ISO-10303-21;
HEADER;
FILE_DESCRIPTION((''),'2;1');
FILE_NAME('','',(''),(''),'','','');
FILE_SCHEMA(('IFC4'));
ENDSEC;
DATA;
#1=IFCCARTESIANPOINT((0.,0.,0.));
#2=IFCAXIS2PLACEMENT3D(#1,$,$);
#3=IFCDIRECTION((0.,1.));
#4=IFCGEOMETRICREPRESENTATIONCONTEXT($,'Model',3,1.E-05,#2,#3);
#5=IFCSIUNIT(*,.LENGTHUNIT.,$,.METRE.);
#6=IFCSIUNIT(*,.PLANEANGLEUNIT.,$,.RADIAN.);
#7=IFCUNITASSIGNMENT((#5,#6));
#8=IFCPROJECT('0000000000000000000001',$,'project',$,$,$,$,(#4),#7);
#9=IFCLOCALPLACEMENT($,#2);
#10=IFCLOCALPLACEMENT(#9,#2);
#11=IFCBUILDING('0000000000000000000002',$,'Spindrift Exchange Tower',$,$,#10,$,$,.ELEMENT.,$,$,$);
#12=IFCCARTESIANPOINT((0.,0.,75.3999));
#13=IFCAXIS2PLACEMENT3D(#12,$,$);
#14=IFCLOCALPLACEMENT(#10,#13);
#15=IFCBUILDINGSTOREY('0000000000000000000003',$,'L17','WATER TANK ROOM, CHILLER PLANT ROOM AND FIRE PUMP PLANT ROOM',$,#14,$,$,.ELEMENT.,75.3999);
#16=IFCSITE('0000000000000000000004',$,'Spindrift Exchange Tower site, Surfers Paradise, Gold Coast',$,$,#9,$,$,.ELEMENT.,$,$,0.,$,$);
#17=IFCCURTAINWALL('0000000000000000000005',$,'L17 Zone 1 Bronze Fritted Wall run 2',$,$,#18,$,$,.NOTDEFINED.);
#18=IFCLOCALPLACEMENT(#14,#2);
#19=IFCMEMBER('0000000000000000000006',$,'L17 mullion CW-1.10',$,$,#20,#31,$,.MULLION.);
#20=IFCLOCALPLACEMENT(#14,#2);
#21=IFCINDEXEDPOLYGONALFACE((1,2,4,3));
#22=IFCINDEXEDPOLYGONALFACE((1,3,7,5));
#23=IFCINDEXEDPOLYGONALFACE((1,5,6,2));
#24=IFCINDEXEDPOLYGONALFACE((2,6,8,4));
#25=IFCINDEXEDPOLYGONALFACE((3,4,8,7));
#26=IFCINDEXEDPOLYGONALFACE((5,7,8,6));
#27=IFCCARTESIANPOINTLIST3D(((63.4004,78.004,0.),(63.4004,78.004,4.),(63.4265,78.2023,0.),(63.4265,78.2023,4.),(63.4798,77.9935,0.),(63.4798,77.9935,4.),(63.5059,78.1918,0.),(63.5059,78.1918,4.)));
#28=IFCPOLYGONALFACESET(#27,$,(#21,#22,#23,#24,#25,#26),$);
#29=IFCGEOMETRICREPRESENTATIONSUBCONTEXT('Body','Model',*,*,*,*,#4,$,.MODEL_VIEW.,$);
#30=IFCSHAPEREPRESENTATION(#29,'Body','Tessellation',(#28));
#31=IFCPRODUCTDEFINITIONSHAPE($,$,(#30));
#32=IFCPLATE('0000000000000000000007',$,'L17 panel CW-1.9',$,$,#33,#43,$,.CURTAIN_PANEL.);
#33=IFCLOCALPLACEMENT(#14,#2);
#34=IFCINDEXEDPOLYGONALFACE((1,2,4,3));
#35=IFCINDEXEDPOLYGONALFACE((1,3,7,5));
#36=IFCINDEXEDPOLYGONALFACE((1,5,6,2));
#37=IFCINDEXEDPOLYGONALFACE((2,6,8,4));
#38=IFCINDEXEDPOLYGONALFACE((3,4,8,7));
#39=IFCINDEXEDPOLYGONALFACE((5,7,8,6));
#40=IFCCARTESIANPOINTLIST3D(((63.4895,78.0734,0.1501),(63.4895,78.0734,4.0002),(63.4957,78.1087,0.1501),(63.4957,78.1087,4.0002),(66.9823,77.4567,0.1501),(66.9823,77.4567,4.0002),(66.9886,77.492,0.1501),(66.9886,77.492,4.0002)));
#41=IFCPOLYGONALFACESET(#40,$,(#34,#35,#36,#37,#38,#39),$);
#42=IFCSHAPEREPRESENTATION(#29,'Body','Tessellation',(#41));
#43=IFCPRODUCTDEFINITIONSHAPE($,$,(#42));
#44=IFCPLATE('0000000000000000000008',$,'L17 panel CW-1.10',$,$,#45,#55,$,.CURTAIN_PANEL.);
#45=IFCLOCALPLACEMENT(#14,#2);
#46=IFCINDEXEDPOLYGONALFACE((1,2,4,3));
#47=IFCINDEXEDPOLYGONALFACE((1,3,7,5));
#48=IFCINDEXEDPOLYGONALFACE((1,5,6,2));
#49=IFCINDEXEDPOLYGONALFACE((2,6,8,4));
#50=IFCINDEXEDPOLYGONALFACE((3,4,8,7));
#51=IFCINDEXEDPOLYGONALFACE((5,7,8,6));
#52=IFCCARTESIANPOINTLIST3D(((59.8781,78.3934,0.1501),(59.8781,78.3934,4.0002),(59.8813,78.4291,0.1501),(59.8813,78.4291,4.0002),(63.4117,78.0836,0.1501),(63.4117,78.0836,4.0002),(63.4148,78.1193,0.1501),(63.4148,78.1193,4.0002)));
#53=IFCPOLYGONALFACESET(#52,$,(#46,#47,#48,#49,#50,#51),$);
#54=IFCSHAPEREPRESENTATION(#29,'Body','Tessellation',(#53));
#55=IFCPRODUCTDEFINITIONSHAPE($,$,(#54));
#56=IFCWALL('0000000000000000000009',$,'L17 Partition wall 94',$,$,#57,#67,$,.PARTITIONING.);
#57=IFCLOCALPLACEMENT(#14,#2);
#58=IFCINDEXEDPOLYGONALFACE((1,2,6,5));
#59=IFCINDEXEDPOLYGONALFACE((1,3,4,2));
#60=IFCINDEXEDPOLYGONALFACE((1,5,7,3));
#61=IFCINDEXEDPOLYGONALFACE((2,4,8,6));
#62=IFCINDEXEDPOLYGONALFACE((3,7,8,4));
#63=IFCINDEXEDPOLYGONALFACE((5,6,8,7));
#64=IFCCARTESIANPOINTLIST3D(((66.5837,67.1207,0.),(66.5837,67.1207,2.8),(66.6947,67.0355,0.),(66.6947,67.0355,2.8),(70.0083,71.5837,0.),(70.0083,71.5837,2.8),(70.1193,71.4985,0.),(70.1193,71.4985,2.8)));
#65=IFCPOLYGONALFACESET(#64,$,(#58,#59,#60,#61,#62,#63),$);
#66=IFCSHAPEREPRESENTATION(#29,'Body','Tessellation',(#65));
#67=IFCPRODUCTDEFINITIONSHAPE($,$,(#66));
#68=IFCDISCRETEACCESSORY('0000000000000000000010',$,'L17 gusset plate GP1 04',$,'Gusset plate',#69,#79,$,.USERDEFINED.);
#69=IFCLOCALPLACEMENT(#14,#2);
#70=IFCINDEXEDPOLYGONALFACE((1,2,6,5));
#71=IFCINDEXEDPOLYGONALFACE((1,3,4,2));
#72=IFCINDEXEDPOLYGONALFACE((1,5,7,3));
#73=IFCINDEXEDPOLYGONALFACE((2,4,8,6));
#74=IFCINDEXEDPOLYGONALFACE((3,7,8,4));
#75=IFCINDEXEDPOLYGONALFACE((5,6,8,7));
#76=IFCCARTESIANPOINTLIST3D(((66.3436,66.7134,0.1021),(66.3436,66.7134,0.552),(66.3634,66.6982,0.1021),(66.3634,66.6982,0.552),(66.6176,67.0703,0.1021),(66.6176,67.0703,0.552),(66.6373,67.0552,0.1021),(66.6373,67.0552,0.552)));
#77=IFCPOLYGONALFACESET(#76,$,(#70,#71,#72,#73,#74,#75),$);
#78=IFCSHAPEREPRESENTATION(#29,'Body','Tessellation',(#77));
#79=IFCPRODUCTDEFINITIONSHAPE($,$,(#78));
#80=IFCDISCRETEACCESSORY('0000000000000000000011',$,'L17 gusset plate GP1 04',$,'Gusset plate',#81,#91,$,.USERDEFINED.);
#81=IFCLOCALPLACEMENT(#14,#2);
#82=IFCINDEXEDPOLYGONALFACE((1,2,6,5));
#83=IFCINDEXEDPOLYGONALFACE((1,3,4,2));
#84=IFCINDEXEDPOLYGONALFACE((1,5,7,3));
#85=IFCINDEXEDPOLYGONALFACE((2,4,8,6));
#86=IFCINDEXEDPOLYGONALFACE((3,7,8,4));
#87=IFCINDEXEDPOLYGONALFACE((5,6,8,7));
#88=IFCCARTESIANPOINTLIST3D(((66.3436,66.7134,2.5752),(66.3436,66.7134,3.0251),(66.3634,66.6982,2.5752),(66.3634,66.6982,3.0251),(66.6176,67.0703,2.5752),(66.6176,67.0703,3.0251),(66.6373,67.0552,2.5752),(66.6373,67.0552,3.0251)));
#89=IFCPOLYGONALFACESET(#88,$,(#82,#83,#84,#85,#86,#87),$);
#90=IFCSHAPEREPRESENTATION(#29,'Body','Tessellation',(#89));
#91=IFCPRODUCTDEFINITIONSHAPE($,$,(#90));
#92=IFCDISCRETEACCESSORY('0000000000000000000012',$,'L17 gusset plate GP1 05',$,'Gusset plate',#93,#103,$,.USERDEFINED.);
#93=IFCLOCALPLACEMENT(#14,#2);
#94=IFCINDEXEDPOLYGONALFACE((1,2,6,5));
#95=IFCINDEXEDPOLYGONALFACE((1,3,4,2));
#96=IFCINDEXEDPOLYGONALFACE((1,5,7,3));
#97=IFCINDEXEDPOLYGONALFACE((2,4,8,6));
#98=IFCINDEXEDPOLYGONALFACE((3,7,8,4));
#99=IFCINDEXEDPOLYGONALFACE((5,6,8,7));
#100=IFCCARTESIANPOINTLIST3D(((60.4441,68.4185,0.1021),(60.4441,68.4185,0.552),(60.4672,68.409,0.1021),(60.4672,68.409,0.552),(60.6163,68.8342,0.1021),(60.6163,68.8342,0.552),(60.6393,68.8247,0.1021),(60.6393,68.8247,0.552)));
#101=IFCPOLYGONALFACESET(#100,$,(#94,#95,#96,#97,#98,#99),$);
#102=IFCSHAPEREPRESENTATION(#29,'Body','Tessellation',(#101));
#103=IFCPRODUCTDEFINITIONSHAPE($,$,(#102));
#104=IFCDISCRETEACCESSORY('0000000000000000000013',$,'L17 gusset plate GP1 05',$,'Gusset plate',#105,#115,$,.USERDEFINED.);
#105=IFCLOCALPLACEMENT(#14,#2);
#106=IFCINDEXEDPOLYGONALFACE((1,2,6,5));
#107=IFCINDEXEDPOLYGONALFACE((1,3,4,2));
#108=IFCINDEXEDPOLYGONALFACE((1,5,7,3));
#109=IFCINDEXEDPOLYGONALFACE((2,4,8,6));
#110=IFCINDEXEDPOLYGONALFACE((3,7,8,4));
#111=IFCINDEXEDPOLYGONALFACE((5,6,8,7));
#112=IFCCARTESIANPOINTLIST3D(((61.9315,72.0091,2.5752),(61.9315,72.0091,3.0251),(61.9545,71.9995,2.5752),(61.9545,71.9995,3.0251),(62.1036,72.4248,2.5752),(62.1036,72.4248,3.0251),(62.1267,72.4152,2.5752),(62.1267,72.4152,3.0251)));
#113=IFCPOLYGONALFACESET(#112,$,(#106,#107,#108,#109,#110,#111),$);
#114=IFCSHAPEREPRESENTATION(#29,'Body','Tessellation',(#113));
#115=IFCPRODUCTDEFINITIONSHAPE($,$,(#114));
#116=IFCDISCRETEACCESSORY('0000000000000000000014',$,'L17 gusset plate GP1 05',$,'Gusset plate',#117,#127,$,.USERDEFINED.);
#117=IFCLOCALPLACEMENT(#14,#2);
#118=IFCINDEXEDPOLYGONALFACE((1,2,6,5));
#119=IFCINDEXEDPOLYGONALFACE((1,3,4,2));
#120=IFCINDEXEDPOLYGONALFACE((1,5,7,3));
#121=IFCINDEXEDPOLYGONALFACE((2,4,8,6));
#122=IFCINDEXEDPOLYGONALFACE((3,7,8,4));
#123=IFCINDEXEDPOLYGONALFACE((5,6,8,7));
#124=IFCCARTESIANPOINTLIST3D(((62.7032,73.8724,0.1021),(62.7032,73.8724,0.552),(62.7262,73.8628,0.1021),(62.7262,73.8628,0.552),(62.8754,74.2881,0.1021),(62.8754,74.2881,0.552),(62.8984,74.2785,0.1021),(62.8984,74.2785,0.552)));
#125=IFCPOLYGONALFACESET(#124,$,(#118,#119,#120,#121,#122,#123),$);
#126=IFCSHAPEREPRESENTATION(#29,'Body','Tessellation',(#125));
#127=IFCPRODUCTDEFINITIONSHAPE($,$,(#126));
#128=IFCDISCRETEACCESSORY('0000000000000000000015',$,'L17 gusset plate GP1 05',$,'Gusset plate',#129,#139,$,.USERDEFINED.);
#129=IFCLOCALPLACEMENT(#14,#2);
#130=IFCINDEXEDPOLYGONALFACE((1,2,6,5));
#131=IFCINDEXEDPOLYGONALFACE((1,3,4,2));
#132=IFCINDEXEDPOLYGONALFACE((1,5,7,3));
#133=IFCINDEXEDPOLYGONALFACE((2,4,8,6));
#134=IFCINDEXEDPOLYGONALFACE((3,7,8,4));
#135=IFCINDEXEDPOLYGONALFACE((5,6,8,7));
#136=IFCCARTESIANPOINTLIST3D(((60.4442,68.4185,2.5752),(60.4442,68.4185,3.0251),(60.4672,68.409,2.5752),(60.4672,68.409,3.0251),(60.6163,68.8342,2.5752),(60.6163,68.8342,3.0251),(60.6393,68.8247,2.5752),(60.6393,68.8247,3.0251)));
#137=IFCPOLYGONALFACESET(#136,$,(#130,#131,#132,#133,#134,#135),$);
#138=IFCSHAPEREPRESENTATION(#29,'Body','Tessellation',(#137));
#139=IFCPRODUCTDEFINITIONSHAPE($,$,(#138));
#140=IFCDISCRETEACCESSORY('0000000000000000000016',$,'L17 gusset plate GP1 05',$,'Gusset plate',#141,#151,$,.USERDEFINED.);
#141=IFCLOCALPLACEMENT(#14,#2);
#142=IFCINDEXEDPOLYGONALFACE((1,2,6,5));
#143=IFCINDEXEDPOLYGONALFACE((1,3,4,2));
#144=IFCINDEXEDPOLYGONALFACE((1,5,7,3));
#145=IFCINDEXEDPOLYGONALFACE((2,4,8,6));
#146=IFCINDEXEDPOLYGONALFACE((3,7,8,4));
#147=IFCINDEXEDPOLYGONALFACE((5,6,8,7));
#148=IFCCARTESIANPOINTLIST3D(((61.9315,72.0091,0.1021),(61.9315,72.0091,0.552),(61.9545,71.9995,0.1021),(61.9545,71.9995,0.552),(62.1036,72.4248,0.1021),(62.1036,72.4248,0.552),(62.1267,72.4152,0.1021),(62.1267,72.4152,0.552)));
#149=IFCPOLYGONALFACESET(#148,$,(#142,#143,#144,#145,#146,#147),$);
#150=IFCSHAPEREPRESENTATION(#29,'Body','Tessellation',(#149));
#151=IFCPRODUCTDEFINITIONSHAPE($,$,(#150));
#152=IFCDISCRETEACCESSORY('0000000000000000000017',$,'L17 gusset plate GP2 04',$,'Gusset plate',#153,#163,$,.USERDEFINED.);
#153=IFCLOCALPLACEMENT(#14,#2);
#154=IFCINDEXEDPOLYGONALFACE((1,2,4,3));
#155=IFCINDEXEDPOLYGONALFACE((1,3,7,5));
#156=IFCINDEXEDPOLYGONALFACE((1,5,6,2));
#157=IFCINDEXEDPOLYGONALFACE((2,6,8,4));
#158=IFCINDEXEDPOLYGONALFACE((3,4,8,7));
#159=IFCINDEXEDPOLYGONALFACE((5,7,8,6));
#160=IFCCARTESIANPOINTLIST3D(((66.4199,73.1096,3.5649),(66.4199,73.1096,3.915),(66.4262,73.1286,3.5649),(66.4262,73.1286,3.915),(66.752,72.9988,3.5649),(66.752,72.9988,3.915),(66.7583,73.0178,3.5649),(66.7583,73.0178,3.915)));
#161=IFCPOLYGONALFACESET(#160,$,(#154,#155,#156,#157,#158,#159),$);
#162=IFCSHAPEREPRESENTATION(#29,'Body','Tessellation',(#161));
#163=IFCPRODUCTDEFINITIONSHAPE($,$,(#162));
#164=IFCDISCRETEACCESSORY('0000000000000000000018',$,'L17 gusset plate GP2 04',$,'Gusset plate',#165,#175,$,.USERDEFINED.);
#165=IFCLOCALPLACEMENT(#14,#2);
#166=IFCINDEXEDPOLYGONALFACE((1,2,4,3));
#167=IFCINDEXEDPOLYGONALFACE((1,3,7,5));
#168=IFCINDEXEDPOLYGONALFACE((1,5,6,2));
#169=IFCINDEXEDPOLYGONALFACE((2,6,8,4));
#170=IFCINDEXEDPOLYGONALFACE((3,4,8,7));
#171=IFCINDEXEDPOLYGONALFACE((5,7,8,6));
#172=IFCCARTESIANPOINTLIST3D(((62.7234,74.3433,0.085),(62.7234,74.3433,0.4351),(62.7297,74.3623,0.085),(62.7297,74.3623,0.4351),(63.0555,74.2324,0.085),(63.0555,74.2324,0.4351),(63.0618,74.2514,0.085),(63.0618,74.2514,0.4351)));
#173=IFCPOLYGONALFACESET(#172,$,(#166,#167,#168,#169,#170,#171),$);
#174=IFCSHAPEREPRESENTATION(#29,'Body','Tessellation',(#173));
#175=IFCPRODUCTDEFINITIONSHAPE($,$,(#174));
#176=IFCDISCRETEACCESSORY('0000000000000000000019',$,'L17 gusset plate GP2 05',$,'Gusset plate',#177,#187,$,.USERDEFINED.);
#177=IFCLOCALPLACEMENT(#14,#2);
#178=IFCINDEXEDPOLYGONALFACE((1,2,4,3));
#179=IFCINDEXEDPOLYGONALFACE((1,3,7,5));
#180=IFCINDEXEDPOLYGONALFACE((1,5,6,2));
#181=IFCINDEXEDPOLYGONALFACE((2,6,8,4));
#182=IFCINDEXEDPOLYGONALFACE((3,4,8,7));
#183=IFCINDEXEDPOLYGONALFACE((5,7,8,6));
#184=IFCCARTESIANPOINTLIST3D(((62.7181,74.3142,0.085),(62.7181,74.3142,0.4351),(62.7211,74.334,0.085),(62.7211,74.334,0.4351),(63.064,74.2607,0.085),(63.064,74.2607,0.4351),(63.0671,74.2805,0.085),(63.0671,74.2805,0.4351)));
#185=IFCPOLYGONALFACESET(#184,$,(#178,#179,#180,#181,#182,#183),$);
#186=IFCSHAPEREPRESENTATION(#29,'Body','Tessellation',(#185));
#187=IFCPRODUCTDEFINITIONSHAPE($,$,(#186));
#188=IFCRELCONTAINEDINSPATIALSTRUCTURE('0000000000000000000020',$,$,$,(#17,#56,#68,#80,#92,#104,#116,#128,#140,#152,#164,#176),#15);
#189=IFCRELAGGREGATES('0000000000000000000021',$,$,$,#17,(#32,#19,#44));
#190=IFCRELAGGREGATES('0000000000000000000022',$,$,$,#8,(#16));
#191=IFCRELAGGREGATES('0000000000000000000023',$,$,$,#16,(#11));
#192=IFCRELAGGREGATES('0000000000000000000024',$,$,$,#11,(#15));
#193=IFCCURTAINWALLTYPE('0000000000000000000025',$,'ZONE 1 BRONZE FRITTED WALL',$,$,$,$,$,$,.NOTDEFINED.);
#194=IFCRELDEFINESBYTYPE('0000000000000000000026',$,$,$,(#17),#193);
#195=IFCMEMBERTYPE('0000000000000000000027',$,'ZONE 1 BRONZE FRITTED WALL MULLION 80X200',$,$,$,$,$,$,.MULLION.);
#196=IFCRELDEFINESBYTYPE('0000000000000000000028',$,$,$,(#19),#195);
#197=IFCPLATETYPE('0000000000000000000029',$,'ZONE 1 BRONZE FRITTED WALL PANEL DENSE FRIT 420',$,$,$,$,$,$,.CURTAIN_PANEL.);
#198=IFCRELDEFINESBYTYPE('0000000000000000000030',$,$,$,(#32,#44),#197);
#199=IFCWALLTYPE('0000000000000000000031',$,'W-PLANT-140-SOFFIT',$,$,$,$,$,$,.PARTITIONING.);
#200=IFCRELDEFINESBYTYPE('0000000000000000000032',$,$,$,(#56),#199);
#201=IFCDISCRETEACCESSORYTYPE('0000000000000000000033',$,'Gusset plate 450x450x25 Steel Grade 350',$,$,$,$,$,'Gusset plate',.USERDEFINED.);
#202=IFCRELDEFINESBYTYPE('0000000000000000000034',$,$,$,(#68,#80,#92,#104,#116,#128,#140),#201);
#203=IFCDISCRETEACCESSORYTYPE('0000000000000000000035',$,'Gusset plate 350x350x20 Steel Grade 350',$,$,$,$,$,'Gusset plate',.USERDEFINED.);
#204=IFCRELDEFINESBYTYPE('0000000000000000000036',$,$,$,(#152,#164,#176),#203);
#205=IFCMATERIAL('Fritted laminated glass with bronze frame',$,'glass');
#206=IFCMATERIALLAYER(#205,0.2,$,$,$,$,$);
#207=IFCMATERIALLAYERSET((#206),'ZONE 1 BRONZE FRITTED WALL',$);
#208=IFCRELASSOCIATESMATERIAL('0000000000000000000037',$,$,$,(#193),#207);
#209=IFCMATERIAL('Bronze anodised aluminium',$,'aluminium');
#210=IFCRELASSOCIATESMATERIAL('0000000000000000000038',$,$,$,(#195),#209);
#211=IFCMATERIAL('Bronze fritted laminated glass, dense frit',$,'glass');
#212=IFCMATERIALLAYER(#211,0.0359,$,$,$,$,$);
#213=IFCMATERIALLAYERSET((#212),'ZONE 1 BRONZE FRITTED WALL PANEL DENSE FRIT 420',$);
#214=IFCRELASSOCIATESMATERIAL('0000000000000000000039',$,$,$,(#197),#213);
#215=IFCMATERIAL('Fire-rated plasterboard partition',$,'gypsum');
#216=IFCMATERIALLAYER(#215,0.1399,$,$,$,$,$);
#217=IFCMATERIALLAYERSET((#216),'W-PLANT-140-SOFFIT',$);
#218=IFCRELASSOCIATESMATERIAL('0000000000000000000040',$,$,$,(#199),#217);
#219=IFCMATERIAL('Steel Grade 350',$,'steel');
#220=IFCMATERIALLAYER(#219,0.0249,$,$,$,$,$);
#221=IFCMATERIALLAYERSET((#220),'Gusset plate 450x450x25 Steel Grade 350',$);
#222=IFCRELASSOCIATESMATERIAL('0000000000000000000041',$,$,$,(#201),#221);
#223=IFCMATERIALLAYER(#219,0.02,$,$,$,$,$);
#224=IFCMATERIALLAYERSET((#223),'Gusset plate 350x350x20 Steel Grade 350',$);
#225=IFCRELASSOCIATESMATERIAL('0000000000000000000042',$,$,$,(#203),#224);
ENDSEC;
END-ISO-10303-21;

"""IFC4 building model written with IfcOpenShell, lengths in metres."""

from ifc_helpers import new_model, si_unit, direction, frame, frame_2d, origin, origin_2d, place, context, subcontext, project, spatial, rectangle, extrude, source, transform, mapped, material, layer, layer_set, material_profile, profile_set, type_object, element, aggregate, save


model = new_model("IFC4")

# Units and contexts
model_context = context("Model", 3, precision=1e-05, world=origin(), true_north=direction((0.0, 1.0)))
body_context = subcontext(model_context, "Body", "Model", "MODEL_VIEW")
ifc_project = project(units=[si_unit("LENGTHUNIT", "METRE"), si_unit("PLANEANGLEUNIT", "RADIAN")], contexts=[model_context])

# Site, building, storey
site_placement = place(None, origin())
site = spatial("IfcSite", under=ifc_project, at=site_placement, Name="Spindrift Exchange Tower site, Surfers Paradise, Gold Coast", CompositionType="ELEMENT", RefElevation=0.0)
building_placement = place(site_placement, origin())
building = spatial("IfcBuilding", under=site, at=building_placement, Name="Spindrift Exchange Tower", CompositionType="ELEMENT")
storey_placement = place(building_placement, frame((0.0, 0.0, 75.3999)))
storey = spatial("IfcBuildingStorey", under=building, at=storey_placement, Name="L17", Description="WATER TANK ROOM, CHILLER PLANT ROOM AND FIRE PUMP PLANT ROOM", CompositionType="ELEMENT", Elevation=75.3999)

# Shared definitions
ifc_material_1 = material(Name="Steel Grade 350", Category="steel")

# Curtain wall, member, plates
ifc_material_2 = material(Name="Fritted laminated glass with bronze frame", Category="glass")
ifc_layer_1 = layer(ifc_material_2, 0.2)
ifc_layer_set_1 = layer_set([ifc_layer_1], Name="ZONE 1 BRONZE FRITTED WALL")
curtain_wall_type = type_object("IfcCurtainWallType", Name="ZONE 1 BRONZE FRITTED WALL", PredefinedType="NOTDEFINED", material=ifc_layer_set_1)
curtain_wall_placement = place(storey_placement, origin())
curtain_wall = element("IfcCurtainWall", 1, at=curtain_wall_placement, inside=storey, type_object=curtain_wall_type, Name="L17 Zone 1 Bronze Fritted Wall run 2", PredefinedType="NOTDEFINED")
ifc_material_3 = material(Name="Bronze anodised aluminium", Category="aluminium")
ifc_material_profile_1 = material_profile(ifc_material_3, rectangle(XDim=0.0801, YDim=0.2, at=origin_2d()), Name="ZONE 1 BRONZE FRITTED WALL MULLION 80X200")
ifc_profile_set_1 = profile_set([ifc_material_profile_1], Name="Bronze anodised aluminium")
member_type_1 = type_object("IfcMemberType", Name="ZONE 1 BRONZE FRITTED WALL MULLION 80X200", PredefinedType="MULLION", material=ifc_profile_set_1)
shared_shape_1 = source(origin(), body_context, "Body", "SweptSolid", [
    extrude(rectangle(XDim=0.0801, YDim=0.2, at=origin_2d()), origin(), (0.0, 0.0, 1.0), 4.0),
])
member_1_placement = place(storey_placement, frame((63.4531, 78.0979, 0.0), z_axis=(0.0, 0.0, 1.0), x_axis=(-0.991418, 0.130728, 0.0)))
member_1 = element("IfcMember", 2, at=member_1_placement, type_object=member_type_1, Name="L17 mullion CW-1.10", PredefinedType="MULLION", context=body_context, shape_type="MappedRepresentation", body=[
    mapped(shared_shape_1, transform((0.0, 0.0, 0.0), scale=1.0)),
])
ifc_material_4 = material(Name="Bronze fritted laminated glass, dense frit", Category="glass")
ifc_layer_2 = layer(ifc_material_4, 0.0359)
ifc_layer_set_2 = layer_set([ifc_layer_2], Name="ZONE 1 BRONZE FRITTED WALL PANEL DENSE FRIT 420")
plate_type = type_object("IfcPlateType", Name="ZONE 1 BRONZE FRITTED WALL PANEL DENSE FRIT 420", PredefinedType="CURTAIN_PANEL", material=ifc_layer_set_2)
shared_shape_2 = source(origin(), body_context, "Body", "SweptSolid", [
    extrude(rectangle(XDim=3.5469, YDim=0.0359, at=origin_2d()), origin(), (0.0, 0.0, 1.0), 3.8501),
])
plate_1_placement = place(storey_placement, frame((65.239, 77.7827, 0.1501), z_axis=(0.0, 0.0, 1.0), x_axis=(-0.98477, 0.173865, 0.0)))
plate_1 = element("IfcPlate", 3, at=plate_1_placement, type_object=plate_type, Name="L17 panel CW-1.9", PredefinedType="CURTAIN_PANEL", context=body_context, shape_type="MappedRepresentation", body=[
    mapped(shared_shape_2, transform((0.0, 0.0, 0.0), scale=1.0)),
])
shared_shape_3 = source(origin(), body_context, "Body", "SweptSolid", [
    extrude(rectangle(XDim=3.5471, YDim=0.0359, at=origin_2d()), origin(), (0.0, 0.0, 1.0), 3.8501),
])
plate_2_placement = place(storey_placement, frame((61.6465, 78.2563, 0.1501), z_axis=(0.0, 0.0, 1.0), x_axis=(-0.996178, 0.087342, 0.0)))
plate_2 = element("IfcPlate", 4, at=plate_2_placement, type_object=plate_type, Name="L17 panel CW-1.10", PredefinedType="CURTAIN_PANEL", context=body_context, shape_type="MappedRepresentation", body=[
    mapped(shared_shape_3, transform((0.0, 0.0, 0.0), scale=1.0)),
])
aggregate(curtain_wall, [plate_1, member_1, plate_2])

# Wall
ifc_material_5 = material(Name="Fire-rated plasterboard partition", Category="gypsum")
ifc_layer_3 = layer(ifc_material_5, 0.1399)
ifc_layer_set_3 = layer_set([ifc_layer_3], Name="W-PLANT-140-SOFFIT")
wall_type = type_object("IfcWallType", Name="W-PLANT-140-SOFFIT", PredefinedType="PARTITIONING", material=ifc_layer_set_3)
wall_placement = place(storey_placement, frame((66.6392, 67.0781, 0.0), z_axis=(0.0, 0.0, 1.0), x_axis=(0.608769, 0.793348, 0.0)))
element("IfcWall", 5, at=wall_placement, inside=storey, type_object=wall_type, Name="L17 Partition wall 94", PredefinedType="PARTITIONING", context=body_context, shape_type="SweptSolid", body=[
    extrude(rectangle(XDim=5.6255, YDim=0.1399, at=frame_2d((2.8127, 0.0))), origin(), (0.0, 0.0, 1.0), 2.8),
])

# Discrete accessories
ifc_layer_4 = layer(ifc_material_1, 0.0249)
ifc_layer_set_4 = layer_set([ifc_layer_4], Name="Gusset plate 450x450x25 Steel Grade 350")
discrete_accessory_type_1 = type_object("IfcDiscreteAccessoryType", Name="Gusset plate 450x450x25 Steel Grade 350", ElementType="Gusset plate", PredefinedType="USERDEFINED", material=ifc_layer_set_4)
shared_shape_4 = source(origin(), body_context, "Body", "SweptSolid", [
    extrude(rectangle(XDim=0.45, YDim=0.0249, at=origin_2d()), origin(), (0.0, 0.0, 1.0), 0.45),
])
for number, where, z_axis, x_axis, name in (
    (6, (66.4905, 66.8843, 0.1021), (0.0, 0.0, 1.0), (0.608756, 0.793358, 0.0), "L17 gusset plate GP1 04"),
    (7, (66.4905, 66.8843, 2.5752), (0.0, 0.0, 1.0), (0.608761, 0.793353, 0.0), "L17 gusset plate GP1 04"),
    (8, (60.5417, 68.6216, 0.1021), (0.0, 0.0, 1.0), (0.382685, 0.923879, 0.0), "L17 gusset plate GP1 05"),
    (9, (62.0291, 72.2122, 2.5752), (0.0, 0.0, 1.0), (0.382685, 0.923879, 0.0), "L17 gusset plate GP1 05"),
    (10, (62.8008, 74.0754, 0.1021), (0.0, 0.0, 1.0), (0.382664, 0.923888, 0.0), "L17 gusset plate GP1 05"),
    (11, (60.5417, 68.6216, 2.5752), (0.0, 0.0, 1.0), (0.382683, 0.92388, 0.0), "L17 gusset plate GP1 05"),
    (12, (62.0291, 72.2122, 0.1021), (0.0, 0.0, 1.0), (0.382683, 0.92388, 0.0), "L17 gusset plate GP1 05"),
):
    element("IfcDiscreteAccessory", number, at=place(storey_placement, frame(where, z_axis=z_axis, x_axis=x_axis)), inside=storey, type_object=discrete_accessory_type_1, Name=name, ObjectType="Gusset plate", PredefinedType="USERDEFINED", context=body_context, shape_type="MappedRepresentation", body=[
        mapped(shared_shape_4, transform((0.0, 0.0, 0.0), scale=1.0)),
    ])
ifc_layer_5 = layer(ifc_material_1, 0.02)
ifc_layer_set_5 = layer_set([ifc_layer_5], Name="Gusset plate 350x350x20 Steel Grade 350")
discrete_accessory_type_2 = type_object("IfcDiscreteAccessoryType", Name="Gusset plate 350x350x20 Steel Grade 350", ElementType="Gusset plate", PredefinedType="USERDEFINED", material=ifc_layer_set_5)
shared_shape_5 = source(origin(), body_context, "Body", "SweptSolid", [
    extrude(rectangle(XDim=0.3501, YDim=0.02, at=origin_2d()), origin(), (0.0, 0.0, 1.0), 0.3501),
])
for number, where, z_axis, x_axis, name in (
    (13, (66.5891, 73.0637, 3.5649), (0.0, 0.0, 1.0), (-0.948568, 0.316575, 0.0), "L17 gusset plate GP2 04"),
    (14, (62.8926, 74.2974, 0.085), (0.0, 0.0, 1.0), (-0.94856, 0.316598, 0.0), "L17 gusset plate GP2 04"),
    (15, (62.8926, 74.2974, 0.085), (0.0, 0.0, 1.0), (-0.988235, 0.152941, 0.0), "L17 gusset plate GP2 05"),
):
    element("IfcDiscreteAccessory", number, at=place(storey_placement, frame(where, z_axis=z_axis, x_axis=x_axis)), inside=storey, type_object=discrete_accessory_type_2, Name=name, ObjectType="Gusset plate", PredefinedType="USERDEFINED", context=body_context, shape_type="MappedRepresentation", body=[
        mapped(shared_shape_5, transform((0.0, 0.0, 0.0), scale=1.0)),
    ])

save(model, "model.ifc")
